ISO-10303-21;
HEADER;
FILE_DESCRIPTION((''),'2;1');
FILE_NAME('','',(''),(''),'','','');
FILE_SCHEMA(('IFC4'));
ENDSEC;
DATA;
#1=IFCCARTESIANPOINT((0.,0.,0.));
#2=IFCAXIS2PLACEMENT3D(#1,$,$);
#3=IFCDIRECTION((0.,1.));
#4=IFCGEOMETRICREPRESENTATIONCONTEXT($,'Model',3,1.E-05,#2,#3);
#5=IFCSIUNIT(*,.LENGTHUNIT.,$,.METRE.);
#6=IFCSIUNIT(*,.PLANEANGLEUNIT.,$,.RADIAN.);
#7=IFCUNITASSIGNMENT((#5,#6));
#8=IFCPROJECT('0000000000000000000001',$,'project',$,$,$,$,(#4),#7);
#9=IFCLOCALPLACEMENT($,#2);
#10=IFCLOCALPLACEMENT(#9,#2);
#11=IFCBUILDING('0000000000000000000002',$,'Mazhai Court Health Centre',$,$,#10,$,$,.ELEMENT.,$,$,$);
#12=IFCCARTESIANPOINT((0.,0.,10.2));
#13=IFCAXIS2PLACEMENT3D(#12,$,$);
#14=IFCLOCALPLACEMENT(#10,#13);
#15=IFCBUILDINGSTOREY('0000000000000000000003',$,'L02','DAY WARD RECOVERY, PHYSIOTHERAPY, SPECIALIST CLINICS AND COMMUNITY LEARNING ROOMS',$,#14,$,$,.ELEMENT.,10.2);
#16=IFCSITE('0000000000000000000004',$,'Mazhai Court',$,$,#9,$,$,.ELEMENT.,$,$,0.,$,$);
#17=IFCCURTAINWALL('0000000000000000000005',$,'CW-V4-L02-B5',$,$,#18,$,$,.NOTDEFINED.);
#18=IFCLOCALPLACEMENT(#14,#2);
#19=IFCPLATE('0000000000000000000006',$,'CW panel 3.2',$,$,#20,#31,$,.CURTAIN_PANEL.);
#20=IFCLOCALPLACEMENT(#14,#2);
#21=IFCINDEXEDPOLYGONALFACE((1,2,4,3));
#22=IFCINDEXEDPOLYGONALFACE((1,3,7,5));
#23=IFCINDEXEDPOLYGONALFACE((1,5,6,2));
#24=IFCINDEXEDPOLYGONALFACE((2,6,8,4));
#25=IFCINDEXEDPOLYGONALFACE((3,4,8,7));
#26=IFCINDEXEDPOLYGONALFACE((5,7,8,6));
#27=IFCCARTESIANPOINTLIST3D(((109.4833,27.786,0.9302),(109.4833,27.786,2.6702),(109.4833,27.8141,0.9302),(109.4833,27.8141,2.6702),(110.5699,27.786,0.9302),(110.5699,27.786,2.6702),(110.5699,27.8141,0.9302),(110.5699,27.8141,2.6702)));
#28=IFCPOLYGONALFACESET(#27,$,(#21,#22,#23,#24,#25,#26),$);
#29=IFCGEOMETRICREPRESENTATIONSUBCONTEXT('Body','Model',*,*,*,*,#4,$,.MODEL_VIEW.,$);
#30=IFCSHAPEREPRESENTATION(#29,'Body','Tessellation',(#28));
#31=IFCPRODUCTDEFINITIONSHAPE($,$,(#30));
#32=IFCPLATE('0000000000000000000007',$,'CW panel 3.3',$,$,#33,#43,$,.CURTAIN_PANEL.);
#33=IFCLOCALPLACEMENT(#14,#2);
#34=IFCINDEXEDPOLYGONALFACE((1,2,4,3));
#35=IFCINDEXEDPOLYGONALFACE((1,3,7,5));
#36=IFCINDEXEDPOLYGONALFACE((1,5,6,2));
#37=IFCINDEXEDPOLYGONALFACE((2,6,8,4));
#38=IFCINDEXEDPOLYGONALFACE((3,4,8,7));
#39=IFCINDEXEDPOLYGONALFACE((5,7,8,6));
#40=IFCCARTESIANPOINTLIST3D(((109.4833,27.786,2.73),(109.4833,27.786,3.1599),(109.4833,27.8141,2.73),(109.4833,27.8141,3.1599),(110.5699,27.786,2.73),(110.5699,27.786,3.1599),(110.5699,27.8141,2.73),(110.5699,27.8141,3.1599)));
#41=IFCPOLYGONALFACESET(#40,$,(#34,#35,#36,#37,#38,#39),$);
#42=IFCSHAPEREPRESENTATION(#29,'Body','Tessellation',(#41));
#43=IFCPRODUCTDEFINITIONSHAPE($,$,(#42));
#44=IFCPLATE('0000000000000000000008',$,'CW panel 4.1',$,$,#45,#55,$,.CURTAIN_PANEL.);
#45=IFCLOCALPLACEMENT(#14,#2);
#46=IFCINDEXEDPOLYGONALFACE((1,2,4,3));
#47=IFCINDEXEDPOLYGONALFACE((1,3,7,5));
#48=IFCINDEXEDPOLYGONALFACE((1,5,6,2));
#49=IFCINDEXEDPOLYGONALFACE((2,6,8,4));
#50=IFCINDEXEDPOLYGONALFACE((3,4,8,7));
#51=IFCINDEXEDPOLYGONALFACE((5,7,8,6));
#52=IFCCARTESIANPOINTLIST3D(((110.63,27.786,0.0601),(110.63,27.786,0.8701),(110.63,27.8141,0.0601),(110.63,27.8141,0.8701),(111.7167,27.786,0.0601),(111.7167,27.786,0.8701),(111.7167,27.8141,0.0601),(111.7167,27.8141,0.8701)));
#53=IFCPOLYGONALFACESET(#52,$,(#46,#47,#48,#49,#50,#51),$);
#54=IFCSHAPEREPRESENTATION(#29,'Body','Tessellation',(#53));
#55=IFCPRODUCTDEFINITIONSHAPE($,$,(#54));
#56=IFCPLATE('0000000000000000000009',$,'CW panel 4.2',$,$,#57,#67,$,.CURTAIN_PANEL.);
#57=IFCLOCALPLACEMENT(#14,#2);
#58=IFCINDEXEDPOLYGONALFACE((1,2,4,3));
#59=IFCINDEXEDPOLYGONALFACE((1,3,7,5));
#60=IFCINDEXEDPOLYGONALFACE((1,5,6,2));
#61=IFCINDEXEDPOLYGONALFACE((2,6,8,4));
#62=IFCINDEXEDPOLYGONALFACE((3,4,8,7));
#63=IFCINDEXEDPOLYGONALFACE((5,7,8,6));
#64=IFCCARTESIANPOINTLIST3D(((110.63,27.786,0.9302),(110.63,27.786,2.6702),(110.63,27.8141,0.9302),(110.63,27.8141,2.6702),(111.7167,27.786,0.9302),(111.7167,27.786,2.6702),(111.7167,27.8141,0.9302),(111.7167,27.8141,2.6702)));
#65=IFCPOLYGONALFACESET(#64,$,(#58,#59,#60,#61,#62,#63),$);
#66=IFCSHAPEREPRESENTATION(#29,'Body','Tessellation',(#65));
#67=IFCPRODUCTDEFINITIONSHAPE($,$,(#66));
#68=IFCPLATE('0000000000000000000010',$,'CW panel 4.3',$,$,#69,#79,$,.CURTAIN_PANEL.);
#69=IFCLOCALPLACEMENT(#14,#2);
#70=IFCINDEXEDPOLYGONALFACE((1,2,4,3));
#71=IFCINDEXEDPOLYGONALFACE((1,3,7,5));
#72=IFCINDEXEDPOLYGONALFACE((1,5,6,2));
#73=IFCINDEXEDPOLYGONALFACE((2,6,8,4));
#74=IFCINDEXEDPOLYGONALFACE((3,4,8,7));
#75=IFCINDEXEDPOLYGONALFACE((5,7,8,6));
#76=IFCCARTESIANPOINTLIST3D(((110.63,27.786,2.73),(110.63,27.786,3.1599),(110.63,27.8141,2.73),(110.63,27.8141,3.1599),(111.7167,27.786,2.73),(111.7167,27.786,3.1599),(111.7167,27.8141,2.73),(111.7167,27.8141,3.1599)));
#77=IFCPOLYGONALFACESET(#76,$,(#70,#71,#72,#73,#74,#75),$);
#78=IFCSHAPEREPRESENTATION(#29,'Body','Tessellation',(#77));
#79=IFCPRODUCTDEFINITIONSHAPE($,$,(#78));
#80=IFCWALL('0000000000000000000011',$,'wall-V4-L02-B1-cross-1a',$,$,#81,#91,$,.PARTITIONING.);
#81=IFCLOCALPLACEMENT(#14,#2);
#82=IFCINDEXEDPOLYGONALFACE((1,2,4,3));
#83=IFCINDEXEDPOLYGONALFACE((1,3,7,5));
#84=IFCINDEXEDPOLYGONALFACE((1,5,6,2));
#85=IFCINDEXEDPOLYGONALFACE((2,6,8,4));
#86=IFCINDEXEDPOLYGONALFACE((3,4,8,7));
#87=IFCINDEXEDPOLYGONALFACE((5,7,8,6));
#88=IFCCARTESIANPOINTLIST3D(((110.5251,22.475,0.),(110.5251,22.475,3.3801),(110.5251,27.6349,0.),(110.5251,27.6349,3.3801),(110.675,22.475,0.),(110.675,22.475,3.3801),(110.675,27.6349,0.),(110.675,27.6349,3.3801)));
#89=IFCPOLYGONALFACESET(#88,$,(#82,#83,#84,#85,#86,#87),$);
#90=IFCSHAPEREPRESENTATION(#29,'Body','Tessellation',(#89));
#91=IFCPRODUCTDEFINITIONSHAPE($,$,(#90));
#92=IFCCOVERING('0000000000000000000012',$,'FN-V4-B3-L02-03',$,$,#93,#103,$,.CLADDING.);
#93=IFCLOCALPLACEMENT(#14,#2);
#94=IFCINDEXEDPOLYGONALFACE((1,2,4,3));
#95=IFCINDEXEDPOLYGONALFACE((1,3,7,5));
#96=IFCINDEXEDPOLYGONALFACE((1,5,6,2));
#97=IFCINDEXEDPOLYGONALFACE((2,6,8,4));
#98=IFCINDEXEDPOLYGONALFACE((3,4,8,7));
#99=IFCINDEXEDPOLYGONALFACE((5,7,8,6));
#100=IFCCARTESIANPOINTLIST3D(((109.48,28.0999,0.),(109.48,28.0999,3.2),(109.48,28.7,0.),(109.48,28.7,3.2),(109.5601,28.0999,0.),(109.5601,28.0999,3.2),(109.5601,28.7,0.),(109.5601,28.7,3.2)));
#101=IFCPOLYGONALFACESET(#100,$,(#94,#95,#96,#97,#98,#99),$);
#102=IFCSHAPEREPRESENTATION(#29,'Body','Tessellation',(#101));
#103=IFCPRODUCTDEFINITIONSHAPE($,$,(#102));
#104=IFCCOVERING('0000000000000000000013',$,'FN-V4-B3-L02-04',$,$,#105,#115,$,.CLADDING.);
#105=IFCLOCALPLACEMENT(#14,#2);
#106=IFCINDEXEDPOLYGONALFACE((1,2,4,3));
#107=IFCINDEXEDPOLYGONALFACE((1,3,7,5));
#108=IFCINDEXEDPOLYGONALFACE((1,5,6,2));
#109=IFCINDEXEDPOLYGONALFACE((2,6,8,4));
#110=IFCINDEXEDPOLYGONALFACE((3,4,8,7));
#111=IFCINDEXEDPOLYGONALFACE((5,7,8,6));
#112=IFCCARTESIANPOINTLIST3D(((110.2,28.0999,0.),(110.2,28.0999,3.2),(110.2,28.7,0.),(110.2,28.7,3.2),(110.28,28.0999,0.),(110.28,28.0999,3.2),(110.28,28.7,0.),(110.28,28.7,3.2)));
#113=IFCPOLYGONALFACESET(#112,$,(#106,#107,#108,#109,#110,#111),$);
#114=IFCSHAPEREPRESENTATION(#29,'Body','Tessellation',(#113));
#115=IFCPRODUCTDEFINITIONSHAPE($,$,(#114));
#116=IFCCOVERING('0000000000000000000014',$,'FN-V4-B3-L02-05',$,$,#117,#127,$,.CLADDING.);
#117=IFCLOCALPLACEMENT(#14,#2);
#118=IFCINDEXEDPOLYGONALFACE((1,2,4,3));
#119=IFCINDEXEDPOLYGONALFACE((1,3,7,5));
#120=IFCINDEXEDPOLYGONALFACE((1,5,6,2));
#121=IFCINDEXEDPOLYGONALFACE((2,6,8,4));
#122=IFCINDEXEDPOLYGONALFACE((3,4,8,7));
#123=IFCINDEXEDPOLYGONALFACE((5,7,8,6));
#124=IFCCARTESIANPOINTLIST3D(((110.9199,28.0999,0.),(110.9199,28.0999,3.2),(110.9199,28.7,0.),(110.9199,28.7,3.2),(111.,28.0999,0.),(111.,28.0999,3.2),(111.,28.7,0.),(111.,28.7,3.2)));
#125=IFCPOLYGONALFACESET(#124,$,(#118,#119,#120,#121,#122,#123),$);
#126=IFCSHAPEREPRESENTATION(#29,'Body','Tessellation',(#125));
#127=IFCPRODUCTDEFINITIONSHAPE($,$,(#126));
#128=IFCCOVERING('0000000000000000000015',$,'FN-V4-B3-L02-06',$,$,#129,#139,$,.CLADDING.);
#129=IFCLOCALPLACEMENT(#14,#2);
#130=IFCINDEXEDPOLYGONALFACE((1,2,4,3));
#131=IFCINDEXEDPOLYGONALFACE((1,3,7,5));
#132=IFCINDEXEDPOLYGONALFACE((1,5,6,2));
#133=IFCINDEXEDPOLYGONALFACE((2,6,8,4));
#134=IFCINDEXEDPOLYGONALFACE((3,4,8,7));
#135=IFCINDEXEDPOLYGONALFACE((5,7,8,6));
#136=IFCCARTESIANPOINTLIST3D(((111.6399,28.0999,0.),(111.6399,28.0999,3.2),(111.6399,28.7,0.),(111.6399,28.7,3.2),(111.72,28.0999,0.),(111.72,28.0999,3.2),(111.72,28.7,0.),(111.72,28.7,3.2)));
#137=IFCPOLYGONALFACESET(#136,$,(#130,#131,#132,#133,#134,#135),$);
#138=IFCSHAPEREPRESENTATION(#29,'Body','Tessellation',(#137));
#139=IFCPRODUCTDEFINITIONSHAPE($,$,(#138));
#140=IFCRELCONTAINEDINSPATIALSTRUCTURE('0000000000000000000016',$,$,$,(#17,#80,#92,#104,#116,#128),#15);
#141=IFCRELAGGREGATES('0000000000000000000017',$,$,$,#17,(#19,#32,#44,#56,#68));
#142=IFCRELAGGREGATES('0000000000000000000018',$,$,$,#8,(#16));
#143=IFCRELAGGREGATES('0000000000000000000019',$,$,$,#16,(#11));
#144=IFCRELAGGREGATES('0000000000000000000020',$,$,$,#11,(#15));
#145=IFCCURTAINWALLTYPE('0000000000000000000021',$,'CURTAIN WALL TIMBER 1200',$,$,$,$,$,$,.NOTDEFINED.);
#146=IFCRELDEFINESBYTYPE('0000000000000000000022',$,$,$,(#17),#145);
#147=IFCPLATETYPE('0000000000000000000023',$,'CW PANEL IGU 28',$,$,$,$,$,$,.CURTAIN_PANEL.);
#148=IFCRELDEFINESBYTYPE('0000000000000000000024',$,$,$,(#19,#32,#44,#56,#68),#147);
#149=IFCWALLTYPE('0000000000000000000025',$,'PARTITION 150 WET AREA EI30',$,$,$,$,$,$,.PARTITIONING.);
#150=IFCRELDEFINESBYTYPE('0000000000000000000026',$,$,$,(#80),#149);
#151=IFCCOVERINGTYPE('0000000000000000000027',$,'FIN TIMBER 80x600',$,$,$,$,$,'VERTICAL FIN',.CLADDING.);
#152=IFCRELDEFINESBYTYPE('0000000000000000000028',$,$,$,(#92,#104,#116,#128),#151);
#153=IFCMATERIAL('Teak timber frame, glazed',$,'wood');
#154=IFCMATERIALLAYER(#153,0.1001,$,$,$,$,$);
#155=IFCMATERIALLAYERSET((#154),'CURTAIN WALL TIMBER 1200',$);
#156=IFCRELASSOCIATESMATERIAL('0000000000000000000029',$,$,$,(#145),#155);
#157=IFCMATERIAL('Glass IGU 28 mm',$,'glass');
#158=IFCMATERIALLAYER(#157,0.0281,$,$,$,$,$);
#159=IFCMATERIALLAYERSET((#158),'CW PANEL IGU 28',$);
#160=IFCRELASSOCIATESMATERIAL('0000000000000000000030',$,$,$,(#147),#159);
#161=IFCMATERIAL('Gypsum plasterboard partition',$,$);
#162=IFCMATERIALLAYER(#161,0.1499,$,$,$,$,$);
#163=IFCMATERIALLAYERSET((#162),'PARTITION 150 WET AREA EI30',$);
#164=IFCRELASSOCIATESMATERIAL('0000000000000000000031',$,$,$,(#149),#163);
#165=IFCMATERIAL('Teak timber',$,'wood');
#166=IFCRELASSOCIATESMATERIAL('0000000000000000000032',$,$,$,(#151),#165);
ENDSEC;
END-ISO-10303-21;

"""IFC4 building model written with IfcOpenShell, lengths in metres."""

from ifc_helpers import new_model, si_unit, direction, frame, frame_2d, origin, origin_2d, place, context, subcontext, project, spatial, rectangle, extrude, material, layer, layer_set, type_object, element, aggregate, save


model = new_model("IFC4")

# Units and contexts
model_context = context("Model", 3, precision=1e-05, world=origin(), true_north=direction((0.0, 1.0)))
body_context = subcontext(model_context, "Body", "Model", "MODEL_VIEW")
ifc_project = project(units=[si_unit("LENGTHUNIT", "METRE"), si_unit("PLANEANGLEUNIT", "RADIAN")], contexts=[model_context])

# Site, building, storey
site_placement = place(None, origin())
site = spatial("IfcSite", under=ifc_project, at=site_placement, Name="Mazhai Court", CompositionType="ELEMENT", RefElevation=0.0)
building_placement = place(site_placement, origin())
building = spatial("IfcBuilding", under=site, at=building_placement, Name="Mazhai Court Health Centre", CompositionType="ELEMENT")
storey_placement = place(building_placement, frame((0.0, 0.0, 10.2)))
storey = spatial("IfcBuildingStorey", under=building, at=storey_placement, Name="L02", Description="DAY WARD RECOVERY, PHYSIOTHERAPY, SPECIALIST CLINICS AND COMMUNITY LEARNING ROOMS", CompositionType="ELEMENT", Elevation=10.2)

# Curtain wall, plates
ifc_material_1 = material(Name="Teak timber frame, glazed", Category="wood")
ifc_layer_1 = layer(ifc_material_1, 0.1001)
ifc_layer_set_1 = layer_set([ifc_layer_1], Name="CURTAIN WALL TIMBER 1200")
curtain_wall_type = type_object("IfcCurtainWallType", Name="CURTAIN WALL TIMBER 1200", PredefinedType="NOTDEFINED", material=ifc_layer_set_1)
curtain_wall_placement = place(storey_placement, origin())
curtain_wall = element("IfcCurtainWall", 1, at=curtain_wall_placement, inside=storey, type_object=curtain_wall_type, Name="CW-V4-L02-B5", PredefinedType="NOTDEFINED")
ifc_material_2 = material(Name="Glass IGU 28 mm", Category="glass")
ifc_layer_2 = layer(ifc_material_2, 0.0281)
ifc_layer_set_2 = layer_set([ifc_layer_2], Name="CW PANEL IGU 28")
plate_type = type_object("IfcPlateType", Name="CW PANEL IGU 28", PredefinedType="CURTAIN_PANEL", material=ifc_layer_set_2)
plate_1_placement = place(storey_placement, frame((110.0266, 27.8, 0.9302), z_axis=(0.0, 0.0, 1.0), x_axis=(1.0, 0.0, 0.0)))
plate_1 = element("IfcPlate", 2, at=plate_1_placement, type_object=plate_type, Name="CW panel 3.2", PredefinedType="CURTAIN_PANEL", context=body_context, shape_type="SweptSolid", body=[
    extrude(rectangle(XDim=1.0867, YDim=0.0281, at=origin_2d()), origin(), (0.0, 0.0, 1.0), 1.74),
])
plate_2_placement = place(storey_placement, frame((110.0266, 27.8, 2.73), z_axis=(0.0, 0.0, 1.0), x_axis=(1.0, 0.0, 0.0)))
plate_2 = element("IfcPlate", 3, at=plate_2_placement, type_object=plate_type, Name="CW panel 3.3", PredefinedType="CURTAIN_PANEL", context=body_context, shape_type="SweptSolid", body=[
    extrude(rectangle(XDim=1.0867, YDim=0.0281, at=origin_2d()), origin(), (0.0, 0.0, 1.0), 0.4299),
])
plate_3_placement = place(storey_placement, frame((111.1733, 27.8, 0.0601), z_axis=(0.0, 0.0, 1.0), x_axis=(1.0, 0.0, 0.0)))
plate_3 = element("IfcPlate", 4, at=plate_3_placement, type_object=plate_type, Name="CW panel 4.1", PredefinedType="CURTAIN_PANEL", context=body_context, shape_type="SweptSolid", body=[
    extrude(rectangle(XDim=1.0867, YDim=0.0281, at=origin_2d()), origin(), (0.0, 0.0, 1.0), 0.8101),
])
plate_4_placement = place(storey_placement, frame((111.1733, 27.8, 0.9302), z_axis=(0.0, 0.0, 1.0), x_axis=(1.0, 0.0, 0.0)))
plate_4 = element("IfcPlate", 5, at=plate_4_placement, type_object=plate_type, Name="CW panel 4.2", PredefinedType="CURTAIN_PANEL", context=body_context, shape_type="SweptSolid", body=[
    extrude(rectangle(XDim=1.0867, YDim=0.0281, at=origin_2d()), origin(), (0.0, 0.0, 1.0), 1.74),
])
plate_5_placement = place(storey_placement, frame((111.1733, 27.8, 2.73), z_axis=(0.0, 0.0, 1.0), x_axis=(1.0, 0.0, 0.0)))
plate_5 = element("IfcPlate", 6, at=plate_5_placement, type_object=plate_type, Name="CW panel 4.3", PredefinedType="CURTAIN_PANEL", context=body_context, shape_type="SweptSolid", body=[
    extrude(rectangle(XDim=1.0867, YDim=0.0281, at=origin_2d()), origin(), (0.0, 0.0, 1.0), 0.4299),
])
aggregate(curtain_wall, [plate_1, plate_2, plate_3, plate_4, plate_5])

# Wall
ifc_material_3 = material(Name="Gypsum plasterboard partition")
ifc_layer_3 = layer(ifc_material_3, 0.1499)
ifc_layer_set_3 = layer_set([ifc_layer_3], Name="PARTITION 150 WET AREA EI30")
wall_type = type_object("IfcWallType", Name="PARTITION 150 WET AREA EI30", PredefinedType="PARTITIONING", material=ifc_layer_set_3)
wall_placement = place(storey_placement, frame((110.6001, 27.635, 0.0), z_axis=(0.0, 0.0, 1.0), x_axis=(0.0, -1.0, 0.0)))
element("IfcWall", 7, at=wall_placement, inside=storey, type_object=wall_type, Name="wall-V4-L02-B1-cross-1a", PredefinedType="PARTITIONING", context=body_context, shape_type="SweptSolid", body=[
    extrude(rectangle(XDim=5.1599, YDim=0.1499, at=frame_2d((2.5801, 0.0))), origin(), (0.0, 0.0, 1.0), 3.3801),
])

# Coverings
ifc_material_4 = material(Name="Teak timber", Category="wood")
covering_type = type_object("IfcCoveringType", Name="FIN TIMBER 80x600", ElementType="VERTICAL FIN", PredefinedType="CLADDING", material=ifc_material_4)
for number, where, z_axis, x_axis, name in (
    (8, (109.52, 28.3999, 0.0), (0.0, 0.0, 1.0), (1.0, 0.0, 0.0), "FN-V4-B3-L02-03"),
    (9, (110.24, 28.3999, 0.0), (0.0, 0.0, 1.0), (1.0, 0.0, 0.0), "FN-V4-B3-L02-04"),
    (10, (110.96, 28.3999, 0.0), (0.0, 0.0, 1.0), (1.0, 0.0, 0.0), "FN-V4-B3-L02-05"),
    (11, (111.6799, 28.3999, 0.0), (0.0, 0.0, 1.0), (1.0, 0.0, 0.0), "FN-V4-B3-L02-06"),
):
    element("IfcCovering", number, at=place(storey_placement, frame(where, z_axis=z_axis, x_axis=x_axis)), inside=storey, type_object=covering_type, Name=name, PredefinedType="CLADDING", context=body_context, shape_type="SweptSolid", body=[
        extrude(rectangle(XDim=0.0801, YDim=0.6001, at=origin_2d()), origin(), (0.0, 0.0, 1.0), 3.2),
    ])

save(model, "model.ifc")
